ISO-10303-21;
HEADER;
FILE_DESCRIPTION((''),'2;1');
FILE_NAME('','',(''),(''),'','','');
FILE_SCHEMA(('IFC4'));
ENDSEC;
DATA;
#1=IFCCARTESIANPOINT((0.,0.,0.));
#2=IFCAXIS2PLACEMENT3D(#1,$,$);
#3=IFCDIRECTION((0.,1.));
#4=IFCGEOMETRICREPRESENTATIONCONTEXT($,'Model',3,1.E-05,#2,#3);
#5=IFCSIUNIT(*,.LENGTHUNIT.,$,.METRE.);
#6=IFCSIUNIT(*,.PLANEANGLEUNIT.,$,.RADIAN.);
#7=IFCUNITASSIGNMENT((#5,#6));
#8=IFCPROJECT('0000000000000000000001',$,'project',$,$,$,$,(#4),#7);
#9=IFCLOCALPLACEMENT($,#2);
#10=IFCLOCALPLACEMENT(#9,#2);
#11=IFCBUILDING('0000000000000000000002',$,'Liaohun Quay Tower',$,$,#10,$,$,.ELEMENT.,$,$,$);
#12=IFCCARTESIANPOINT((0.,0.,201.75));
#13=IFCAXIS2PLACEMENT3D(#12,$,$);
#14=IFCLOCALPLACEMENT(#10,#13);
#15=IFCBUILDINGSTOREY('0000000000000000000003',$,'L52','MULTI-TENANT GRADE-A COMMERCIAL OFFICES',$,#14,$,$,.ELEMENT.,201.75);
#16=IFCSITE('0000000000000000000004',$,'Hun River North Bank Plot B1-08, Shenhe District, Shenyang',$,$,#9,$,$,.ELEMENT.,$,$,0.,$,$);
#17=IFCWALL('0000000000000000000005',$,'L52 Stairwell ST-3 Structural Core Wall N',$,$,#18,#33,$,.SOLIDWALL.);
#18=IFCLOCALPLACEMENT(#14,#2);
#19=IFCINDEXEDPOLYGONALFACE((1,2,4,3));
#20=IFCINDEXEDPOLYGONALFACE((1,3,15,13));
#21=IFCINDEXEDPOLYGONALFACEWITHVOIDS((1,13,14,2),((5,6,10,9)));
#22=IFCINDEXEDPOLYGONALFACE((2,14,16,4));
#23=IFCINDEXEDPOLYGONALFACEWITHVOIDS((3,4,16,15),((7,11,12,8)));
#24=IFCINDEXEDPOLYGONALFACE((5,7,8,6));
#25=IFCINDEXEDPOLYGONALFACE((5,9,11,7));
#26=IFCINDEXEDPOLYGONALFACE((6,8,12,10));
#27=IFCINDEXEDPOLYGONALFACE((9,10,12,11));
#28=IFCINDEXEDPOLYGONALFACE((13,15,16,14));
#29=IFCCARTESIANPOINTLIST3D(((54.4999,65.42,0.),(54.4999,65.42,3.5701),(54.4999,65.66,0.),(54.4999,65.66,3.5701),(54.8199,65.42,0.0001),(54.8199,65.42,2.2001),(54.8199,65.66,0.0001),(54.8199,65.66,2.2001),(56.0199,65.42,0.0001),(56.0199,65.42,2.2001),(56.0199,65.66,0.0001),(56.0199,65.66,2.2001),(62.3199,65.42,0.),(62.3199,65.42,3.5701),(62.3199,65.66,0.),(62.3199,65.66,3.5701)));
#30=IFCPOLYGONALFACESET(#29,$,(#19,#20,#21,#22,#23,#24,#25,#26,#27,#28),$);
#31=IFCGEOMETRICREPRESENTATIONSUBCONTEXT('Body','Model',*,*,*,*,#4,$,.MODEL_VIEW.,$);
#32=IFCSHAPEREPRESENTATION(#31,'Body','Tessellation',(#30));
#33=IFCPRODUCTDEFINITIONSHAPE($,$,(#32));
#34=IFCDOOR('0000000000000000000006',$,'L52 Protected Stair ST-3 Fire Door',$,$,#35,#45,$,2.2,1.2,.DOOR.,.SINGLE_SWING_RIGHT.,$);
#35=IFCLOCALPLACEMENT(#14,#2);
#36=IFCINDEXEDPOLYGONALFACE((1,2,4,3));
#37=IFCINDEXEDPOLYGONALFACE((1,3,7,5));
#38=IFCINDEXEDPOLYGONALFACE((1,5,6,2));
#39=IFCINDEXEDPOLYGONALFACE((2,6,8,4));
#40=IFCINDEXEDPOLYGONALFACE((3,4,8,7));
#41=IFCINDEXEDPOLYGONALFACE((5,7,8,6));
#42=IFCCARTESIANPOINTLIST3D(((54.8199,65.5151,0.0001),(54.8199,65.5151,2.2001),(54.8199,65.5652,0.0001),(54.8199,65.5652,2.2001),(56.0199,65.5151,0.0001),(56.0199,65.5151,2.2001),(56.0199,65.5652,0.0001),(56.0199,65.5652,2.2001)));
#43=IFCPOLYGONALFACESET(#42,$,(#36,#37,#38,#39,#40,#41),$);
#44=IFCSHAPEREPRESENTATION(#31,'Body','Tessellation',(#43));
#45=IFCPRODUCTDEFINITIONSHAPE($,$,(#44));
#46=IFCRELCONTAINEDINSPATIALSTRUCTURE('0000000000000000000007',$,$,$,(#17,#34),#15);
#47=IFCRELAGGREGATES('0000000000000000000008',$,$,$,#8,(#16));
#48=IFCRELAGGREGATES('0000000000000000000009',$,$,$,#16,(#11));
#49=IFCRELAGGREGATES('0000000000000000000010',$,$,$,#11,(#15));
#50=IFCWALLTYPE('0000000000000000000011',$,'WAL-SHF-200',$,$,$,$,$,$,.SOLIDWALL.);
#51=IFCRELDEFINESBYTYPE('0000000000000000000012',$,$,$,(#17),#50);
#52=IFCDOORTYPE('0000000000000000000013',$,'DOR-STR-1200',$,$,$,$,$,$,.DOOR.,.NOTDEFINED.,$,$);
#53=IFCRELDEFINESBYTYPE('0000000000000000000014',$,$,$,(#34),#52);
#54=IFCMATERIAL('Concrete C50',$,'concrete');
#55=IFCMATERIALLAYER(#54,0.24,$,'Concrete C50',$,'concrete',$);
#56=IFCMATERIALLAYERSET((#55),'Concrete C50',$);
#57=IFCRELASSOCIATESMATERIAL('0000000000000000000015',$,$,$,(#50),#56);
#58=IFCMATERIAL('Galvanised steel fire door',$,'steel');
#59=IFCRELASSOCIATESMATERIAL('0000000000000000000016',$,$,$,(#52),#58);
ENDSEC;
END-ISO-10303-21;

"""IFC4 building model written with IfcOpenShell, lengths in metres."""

from ifc_helpers import new_model, si_unit, direction, frame, frame_2d, origin, place, context, subcontext, project, spatial, rectangle, extrude, source, transform, mapped, material, layer, layer_set, type_object, element, fill, save


model = new_model("IFC4")

# Units and contexts
model_context = context("Model", 3, precision=1e-05, world=origin(), true_north=direction((0.0, 1.0)))
body_context = subcontext(model_context, "Body", "Model", "MODEL_VIEW")
ifc_project = project(units=[si_unit("LENGTHUNIT", "METRE"), si_unit("PLANEANGLEUNIT", "RADIAN")], contexts=[model_context])

# Site, building, storey
site_placement = place(None, origin())
site = spatial("IfcSite", under=ifc_project, at=site_placement, Name="Hun River North Bank Plot B1-08, Shenhe District, Shenyang", CompositionType="ELEMENT", RefElevation=0.0)
building_placement = place(site_placement, origin())
building = spatial("IfcBuilding", under=site, at=building_placement, Name="Liaohun Quay Tower", CompositionType="ELEMENT")
storey_placement = place(building_placement, frame((0.0, 0.0, 201.75)))
storey = spatial("IfcBuildingStorey", under=building, at=storey_placement, Name="L52", Description="MULTI-TENANT GRADE-A COMMERCIAL OFFICES", CompositionType="ELEMENT", Elevation=201.75)

# Shared definitions
ifc_material_1 = material(Name="Concrete C50", Category="concrete")
ifc_layer_1 = layer(ifc_material_1, 0.24, Name="Concrete C50", Category="concrete")
ifc_layer_set_1 = layer_set([ifc_layer_1], Name="Concrete C50")
wall_type_1 = type_object("IfcWallType", Name="WAL-SHF-200", PredefinedType="SOLIDWALL", material=ifc_layer_set_1)

# Wall, opening, door
wall_1_placement = place(storey_placement, frame((62.3201, 65.54, 0.0), z_axis=(0.0, 0.0, 1.0), x_axis=(-1.0, 0.0, 0.0)))
wall_1 = element("IfcWall", 1, at=wall_1_placement, inside=storey, type_object=wall_type_1, Name="L52 Stairwell ST-3 Structural Core Wall N", PredefinedType="SOLIDWALL", context=body_context, shape_type="SweptSolid", body=[
    extrude(rectangle(XDim=7.8201, YDim=0.24, at=frame_2d((3.9102, 0.0))), origin(), (0.0, 0.0, 1.0), 3.5701),
])
shared_shape_1 = source(origin(), body_context, "Body", "SweptSolid", [
    extrude(rectangle(XDim=1.2, YDim=2.2, at=frame_2d((0.6001, 1.1001))), frame((0.0, 0.1299, 0.0), z_axis=(0.0, -1.0, 0.0), x_axis=(1.0, 0.0, 0.0)), (0.0, 0.0, 1.0), 0.26),
])
opening_1_placement = place(wall_1_placement, frame((6.3, 0.0, 0.0)))
opening_1 = element("IfcOpeningElement", 2, at=opening_1_placement, cuts=wall_1, PredefinedType="OPENING", context=body_context, shape_type="MappedRepresentation", body=[
    mapped(shared_shape_1, transform((0.0, 0.0, 0.0), x_axis=(1.0, 0.0, 0.0), y_axis=(0.0, 1.0, 0.0), z_axis=(0.0, 0.0, 1.0), scale=1.0)),
])
ifc_material_2 = material(Name="Galvanised steel fire door", Category="steel")
door_type_1 = type_object("IfcDoorType", Name="DOR-STR-1200", OperationType="NOTDEFINED", PredefinedType="DOOR", material=ifc_material_2)
shared_shape_2 = source(origin(), body_context, "Body", "SweptSolid", [
    extrude(rectangle(XDim=1.2, YDim=2.2, at=frame_2d((0.6001, 1.1001))), frame((0.0, 0.0249, 0.0), z_axis=(0.0, -1.0, 0.0), x_axis=(1.0, 0.0, 0.0)), (0.0, 0.0, 1.0), 0.05),
])
door_1_placement = place(opening_1_placement, origin())
door_1 = element("IfcDoor", 3, at=door_1_placement, inside=storey, type_object=door_type_1, Name="L52 Protected Stair ST-3 Fire Door", OperationType="SINGLE_SWING_RIGHT", OverallHeight=2.2, OverallWidth=1.2, PredefinedType="DOOR", context=body_context, shape_type="MappedRepresentation", body=[
    mapped(shared_shape_2, transform((0.0, 0.0, 0.0), x_axis=(1.0, 0.0, 0.0), y_axis=(0.0, 1.0, 0.0), z_axis=(0.0, 0.0, 1.0), scale=1.0)),
])
fill(opening_1, door_1)

save(model, "model.ifc")
